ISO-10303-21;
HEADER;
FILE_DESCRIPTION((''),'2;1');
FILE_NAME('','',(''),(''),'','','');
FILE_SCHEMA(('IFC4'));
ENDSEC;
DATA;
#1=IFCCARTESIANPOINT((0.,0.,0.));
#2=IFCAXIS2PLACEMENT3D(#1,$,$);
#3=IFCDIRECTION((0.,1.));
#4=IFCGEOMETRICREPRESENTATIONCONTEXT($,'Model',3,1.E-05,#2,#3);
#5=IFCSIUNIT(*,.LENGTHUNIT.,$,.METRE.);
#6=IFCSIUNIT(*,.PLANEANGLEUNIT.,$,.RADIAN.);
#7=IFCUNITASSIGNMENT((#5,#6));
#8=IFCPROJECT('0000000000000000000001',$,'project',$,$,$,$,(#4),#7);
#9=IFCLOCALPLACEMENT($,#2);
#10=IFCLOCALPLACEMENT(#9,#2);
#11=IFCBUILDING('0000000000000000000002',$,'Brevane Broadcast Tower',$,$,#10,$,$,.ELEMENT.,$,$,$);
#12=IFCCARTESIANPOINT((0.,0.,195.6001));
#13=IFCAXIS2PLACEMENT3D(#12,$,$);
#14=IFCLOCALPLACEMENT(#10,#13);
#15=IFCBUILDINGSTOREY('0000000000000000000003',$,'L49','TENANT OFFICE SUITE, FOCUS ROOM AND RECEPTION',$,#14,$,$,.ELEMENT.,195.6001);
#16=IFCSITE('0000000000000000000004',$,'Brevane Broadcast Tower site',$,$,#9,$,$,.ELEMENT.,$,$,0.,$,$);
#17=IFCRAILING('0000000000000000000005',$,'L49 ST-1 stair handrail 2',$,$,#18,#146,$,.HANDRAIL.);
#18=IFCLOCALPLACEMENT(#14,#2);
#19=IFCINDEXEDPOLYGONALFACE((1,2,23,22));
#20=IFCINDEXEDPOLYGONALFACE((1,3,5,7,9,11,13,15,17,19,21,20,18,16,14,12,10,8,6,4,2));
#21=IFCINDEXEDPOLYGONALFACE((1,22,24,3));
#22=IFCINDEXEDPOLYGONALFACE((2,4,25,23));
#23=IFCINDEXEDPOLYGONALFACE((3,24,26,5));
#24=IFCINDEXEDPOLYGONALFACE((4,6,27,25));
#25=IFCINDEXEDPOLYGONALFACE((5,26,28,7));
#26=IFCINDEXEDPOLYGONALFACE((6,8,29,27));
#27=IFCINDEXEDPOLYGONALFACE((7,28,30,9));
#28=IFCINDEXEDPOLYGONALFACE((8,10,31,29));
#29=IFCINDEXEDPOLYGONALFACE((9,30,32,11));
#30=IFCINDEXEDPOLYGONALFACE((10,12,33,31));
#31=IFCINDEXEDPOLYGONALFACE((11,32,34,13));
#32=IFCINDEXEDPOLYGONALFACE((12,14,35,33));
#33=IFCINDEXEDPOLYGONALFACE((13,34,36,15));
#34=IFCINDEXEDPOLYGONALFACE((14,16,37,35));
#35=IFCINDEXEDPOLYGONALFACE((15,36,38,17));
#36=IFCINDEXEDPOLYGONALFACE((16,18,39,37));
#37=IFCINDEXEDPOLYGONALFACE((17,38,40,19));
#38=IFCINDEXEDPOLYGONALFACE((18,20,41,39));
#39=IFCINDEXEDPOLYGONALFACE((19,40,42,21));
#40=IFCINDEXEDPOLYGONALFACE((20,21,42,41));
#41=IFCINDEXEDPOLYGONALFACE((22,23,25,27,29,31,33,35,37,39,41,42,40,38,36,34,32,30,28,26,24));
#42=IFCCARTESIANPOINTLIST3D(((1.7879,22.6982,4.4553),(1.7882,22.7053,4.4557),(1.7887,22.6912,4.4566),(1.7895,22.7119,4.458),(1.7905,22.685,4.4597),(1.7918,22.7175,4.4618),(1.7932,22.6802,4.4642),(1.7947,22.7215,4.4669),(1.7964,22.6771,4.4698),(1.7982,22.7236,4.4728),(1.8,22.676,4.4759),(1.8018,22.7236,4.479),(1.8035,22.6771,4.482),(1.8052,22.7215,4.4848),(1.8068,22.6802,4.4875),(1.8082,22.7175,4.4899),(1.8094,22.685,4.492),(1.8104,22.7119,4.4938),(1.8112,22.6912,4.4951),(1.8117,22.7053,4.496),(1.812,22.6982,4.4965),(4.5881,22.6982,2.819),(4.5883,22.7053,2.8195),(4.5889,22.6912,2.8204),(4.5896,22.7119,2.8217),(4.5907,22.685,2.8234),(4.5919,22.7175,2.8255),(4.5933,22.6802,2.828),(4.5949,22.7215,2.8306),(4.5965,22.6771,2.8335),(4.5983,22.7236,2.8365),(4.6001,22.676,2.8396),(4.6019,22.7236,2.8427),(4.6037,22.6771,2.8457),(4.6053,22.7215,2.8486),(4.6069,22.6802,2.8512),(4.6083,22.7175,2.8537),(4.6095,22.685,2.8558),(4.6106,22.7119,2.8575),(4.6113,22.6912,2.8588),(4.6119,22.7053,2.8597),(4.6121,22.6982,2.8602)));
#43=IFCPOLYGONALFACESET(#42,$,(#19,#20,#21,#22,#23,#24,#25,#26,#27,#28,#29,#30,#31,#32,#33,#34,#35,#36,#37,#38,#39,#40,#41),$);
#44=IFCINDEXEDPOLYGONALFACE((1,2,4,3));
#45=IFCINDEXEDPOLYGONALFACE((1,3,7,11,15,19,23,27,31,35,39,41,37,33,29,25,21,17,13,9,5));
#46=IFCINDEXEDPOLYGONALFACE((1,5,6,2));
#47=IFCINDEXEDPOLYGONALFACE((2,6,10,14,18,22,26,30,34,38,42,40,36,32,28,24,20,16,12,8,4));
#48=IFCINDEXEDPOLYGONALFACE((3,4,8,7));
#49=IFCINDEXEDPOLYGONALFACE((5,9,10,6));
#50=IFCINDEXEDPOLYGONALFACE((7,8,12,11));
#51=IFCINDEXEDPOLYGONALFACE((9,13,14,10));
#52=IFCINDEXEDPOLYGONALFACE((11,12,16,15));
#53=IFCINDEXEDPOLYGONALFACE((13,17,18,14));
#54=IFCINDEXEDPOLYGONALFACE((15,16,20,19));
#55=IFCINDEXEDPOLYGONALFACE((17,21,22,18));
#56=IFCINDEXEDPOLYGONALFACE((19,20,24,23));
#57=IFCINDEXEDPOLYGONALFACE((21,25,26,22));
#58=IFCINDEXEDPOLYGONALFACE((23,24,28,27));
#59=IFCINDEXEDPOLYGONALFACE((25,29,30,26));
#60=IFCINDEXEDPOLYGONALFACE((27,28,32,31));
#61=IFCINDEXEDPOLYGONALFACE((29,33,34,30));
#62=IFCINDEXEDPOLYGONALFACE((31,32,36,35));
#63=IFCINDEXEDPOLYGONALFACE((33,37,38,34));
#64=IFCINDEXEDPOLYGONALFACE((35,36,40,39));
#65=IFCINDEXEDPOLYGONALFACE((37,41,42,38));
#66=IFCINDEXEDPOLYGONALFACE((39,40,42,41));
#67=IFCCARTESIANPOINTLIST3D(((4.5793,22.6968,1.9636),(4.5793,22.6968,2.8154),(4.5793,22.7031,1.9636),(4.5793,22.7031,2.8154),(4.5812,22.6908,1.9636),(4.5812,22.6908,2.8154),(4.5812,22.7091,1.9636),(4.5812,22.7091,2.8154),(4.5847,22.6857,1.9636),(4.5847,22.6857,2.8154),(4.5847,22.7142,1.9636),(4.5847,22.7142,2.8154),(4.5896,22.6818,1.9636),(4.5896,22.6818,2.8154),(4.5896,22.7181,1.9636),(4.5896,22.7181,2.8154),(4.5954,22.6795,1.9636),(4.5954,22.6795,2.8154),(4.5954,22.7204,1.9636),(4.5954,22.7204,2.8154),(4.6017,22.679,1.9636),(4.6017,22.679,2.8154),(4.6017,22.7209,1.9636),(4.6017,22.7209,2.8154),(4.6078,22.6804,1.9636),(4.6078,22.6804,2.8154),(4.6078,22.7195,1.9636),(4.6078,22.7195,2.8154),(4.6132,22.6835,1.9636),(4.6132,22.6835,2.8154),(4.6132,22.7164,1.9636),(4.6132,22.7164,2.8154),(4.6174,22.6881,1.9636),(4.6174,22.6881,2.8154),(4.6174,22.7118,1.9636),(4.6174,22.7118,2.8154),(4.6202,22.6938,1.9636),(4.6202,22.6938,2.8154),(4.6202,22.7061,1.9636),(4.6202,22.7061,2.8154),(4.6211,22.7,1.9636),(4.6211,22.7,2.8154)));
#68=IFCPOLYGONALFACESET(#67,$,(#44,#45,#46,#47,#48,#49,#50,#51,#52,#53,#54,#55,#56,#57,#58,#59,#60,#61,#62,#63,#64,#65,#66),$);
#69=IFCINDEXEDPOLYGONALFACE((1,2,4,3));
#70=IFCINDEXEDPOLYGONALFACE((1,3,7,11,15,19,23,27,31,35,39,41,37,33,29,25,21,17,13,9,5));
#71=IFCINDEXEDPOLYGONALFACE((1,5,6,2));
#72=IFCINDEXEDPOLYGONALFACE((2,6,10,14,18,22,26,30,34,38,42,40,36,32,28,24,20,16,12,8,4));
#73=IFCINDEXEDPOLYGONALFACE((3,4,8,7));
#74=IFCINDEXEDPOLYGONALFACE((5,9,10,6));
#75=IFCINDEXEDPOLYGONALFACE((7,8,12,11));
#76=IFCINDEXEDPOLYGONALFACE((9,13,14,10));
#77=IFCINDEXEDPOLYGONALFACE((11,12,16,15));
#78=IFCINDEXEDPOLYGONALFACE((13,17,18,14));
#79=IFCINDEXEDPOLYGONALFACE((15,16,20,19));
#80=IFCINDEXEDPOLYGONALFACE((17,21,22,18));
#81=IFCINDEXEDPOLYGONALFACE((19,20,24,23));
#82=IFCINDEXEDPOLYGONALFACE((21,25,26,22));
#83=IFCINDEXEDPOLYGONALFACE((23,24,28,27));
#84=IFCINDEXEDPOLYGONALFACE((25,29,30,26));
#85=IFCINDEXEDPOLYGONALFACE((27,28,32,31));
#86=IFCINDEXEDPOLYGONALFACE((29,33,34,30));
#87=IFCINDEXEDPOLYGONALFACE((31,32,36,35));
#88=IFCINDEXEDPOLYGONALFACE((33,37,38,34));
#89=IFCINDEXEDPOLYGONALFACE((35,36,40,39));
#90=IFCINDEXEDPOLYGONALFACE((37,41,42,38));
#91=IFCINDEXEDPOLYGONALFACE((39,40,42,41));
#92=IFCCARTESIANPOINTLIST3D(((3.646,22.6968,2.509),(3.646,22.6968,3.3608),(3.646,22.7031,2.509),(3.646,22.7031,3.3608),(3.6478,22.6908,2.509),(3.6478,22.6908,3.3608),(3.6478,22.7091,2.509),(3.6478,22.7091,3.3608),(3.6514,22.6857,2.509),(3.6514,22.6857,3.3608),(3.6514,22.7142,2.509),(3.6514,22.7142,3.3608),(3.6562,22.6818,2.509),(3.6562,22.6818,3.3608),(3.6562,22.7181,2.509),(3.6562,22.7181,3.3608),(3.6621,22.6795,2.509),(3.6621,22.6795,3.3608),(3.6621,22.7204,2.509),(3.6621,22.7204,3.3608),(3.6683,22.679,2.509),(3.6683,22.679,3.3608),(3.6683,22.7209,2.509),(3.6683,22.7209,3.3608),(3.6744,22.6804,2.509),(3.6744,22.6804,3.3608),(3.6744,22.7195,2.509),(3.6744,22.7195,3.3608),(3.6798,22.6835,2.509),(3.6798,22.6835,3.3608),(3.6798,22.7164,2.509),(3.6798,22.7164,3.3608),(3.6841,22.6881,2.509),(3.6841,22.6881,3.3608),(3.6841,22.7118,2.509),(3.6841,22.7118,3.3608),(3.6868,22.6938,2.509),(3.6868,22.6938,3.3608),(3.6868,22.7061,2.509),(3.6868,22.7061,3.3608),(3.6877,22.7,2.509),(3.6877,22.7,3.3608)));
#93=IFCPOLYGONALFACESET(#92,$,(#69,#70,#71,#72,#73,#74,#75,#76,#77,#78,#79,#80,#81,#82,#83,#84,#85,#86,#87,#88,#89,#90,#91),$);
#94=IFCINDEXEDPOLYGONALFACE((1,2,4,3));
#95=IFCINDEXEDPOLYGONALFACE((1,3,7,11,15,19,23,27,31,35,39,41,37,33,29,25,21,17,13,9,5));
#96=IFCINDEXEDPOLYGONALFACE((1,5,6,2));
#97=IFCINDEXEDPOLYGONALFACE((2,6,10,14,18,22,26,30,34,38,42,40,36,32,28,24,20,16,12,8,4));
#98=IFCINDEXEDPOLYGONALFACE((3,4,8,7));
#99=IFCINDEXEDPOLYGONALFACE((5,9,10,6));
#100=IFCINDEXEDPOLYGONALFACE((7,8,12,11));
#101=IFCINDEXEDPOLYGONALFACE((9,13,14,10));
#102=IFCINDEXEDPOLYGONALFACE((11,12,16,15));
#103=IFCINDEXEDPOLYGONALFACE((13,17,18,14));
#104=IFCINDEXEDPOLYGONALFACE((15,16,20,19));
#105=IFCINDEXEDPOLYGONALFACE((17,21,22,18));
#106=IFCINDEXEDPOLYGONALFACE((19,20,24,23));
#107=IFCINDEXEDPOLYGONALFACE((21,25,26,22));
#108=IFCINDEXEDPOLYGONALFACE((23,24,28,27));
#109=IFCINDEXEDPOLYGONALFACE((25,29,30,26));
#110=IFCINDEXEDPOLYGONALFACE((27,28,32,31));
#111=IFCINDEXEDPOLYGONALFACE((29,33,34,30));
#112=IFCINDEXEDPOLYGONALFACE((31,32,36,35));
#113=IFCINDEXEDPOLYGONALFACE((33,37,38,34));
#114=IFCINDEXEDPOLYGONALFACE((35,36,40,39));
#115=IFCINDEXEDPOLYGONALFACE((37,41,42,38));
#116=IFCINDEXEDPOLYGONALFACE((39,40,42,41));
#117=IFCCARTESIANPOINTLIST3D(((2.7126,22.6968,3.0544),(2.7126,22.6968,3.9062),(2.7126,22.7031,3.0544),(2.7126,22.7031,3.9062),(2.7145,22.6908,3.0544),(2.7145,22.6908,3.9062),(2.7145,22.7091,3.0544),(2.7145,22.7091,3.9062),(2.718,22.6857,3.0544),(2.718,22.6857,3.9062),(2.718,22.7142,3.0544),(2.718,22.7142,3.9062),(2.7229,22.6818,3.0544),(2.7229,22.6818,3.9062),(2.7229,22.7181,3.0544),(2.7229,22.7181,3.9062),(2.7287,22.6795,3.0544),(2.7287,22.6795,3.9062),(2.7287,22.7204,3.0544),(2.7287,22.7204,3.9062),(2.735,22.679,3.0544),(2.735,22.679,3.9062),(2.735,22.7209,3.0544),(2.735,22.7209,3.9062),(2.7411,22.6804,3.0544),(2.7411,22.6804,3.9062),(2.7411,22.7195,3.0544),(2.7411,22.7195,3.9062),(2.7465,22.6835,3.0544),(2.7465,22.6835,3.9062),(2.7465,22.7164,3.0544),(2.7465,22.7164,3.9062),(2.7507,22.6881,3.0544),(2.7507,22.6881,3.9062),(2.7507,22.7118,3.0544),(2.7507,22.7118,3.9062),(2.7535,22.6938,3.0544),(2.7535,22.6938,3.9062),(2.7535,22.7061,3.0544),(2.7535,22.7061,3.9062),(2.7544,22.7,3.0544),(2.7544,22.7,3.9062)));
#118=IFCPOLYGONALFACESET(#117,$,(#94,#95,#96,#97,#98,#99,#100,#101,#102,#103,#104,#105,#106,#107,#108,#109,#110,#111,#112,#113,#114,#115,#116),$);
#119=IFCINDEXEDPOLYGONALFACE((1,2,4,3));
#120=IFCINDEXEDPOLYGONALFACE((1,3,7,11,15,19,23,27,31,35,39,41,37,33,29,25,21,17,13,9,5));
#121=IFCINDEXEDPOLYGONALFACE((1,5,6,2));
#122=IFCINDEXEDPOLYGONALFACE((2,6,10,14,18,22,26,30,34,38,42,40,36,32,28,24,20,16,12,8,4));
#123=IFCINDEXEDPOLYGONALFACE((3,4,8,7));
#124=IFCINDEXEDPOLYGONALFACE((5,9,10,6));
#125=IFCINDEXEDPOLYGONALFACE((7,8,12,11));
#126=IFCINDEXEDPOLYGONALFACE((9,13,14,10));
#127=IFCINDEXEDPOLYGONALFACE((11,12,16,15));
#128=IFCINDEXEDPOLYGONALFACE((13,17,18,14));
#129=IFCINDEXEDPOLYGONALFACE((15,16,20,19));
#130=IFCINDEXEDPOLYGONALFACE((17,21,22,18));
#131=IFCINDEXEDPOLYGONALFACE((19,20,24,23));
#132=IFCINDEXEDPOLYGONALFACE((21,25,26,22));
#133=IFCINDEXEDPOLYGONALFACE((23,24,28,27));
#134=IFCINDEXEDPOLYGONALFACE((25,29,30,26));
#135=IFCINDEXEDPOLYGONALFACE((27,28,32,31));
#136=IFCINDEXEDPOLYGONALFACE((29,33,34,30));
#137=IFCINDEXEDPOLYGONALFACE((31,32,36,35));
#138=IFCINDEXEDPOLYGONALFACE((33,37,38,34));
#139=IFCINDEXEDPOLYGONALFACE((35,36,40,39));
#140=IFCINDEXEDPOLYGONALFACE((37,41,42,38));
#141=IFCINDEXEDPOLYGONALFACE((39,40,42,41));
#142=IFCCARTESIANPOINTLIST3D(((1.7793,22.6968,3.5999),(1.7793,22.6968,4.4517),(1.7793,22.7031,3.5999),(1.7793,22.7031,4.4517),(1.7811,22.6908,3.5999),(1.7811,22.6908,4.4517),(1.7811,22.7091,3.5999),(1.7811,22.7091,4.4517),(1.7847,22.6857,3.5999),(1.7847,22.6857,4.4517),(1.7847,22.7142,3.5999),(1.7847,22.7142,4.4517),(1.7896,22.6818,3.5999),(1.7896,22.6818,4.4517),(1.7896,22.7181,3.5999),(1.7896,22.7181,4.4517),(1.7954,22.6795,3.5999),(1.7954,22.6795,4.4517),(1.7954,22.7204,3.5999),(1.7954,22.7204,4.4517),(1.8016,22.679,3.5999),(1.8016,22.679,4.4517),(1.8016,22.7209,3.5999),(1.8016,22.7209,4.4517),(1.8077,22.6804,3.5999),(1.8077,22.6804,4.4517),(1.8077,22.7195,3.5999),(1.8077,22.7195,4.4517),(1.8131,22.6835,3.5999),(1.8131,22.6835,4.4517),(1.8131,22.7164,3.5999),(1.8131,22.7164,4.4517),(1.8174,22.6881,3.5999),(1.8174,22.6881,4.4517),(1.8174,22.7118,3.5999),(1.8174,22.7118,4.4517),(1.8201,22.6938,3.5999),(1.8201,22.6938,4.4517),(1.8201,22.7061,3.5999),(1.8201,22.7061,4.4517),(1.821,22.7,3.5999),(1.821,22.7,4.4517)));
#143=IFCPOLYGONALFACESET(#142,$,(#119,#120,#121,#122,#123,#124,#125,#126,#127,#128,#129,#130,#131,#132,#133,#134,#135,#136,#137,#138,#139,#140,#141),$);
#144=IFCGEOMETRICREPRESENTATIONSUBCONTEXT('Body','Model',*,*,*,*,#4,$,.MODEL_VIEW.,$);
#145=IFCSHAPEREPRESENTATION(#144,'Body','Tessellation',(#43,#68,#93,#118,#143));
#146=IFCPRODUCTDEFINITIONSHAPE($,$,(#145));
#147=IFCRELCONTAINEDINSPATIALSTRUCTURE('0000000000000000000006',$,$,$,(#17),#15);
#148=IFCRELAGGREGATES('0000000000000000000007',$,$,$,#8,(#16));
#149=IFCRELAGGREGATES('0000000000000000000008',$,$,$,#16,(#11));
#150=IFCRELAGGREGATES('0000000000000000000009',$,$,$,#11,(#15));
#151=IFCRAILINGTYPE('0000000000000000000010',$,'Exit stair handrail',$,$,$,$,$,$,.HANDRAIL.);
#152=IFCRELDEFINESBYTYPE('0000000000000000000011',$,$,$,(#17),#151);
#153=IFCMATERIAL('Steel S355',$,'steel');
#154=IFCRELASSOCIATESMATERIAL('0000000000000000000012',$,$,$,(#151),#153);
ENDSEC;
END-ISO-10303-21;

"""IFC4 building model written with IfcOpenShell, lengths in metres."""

from ifc_helpers import new_model, si_unit, direction, frame, origin, origin_2d, place, context, subcontext, project, spatial, circle, extrude, material, type_object, element, save


model = new_model("IFC4")

# Units and contexts
model_context = context("Model", 3, precision=1e-05, world=origin(), true_north=direction((0.0, 1.0)))
body_context = subcontext(model_context, "Body", "Model", "MODEL_VIEW")
ifc_project = project(units=[si_unit("LENGTHUNIT", "METRE"), si_unit("PLANEANGLEUNIT", "RADIAN")], contexts=[model_context])

# Site, building, storey
site_placement = place(None, origin())
site = spatial("IfcSite", under=ifc_project, at=site_placement, Name="Brevane Broadcast Tower site", CompositionType="ELEMENT", RefElevation=0.0)
building_placement = place(site_placement, origin())
building = spatial("IfcBuilding", under=site, at=building_placement, Name="Brevane Broadcast Tower", CompositionType="ELEMENT")
storey_placement = place(building_placement, frame((0.0, 0.0, 195.6001)))
storey = spatial("IfcBuildingStorey", under=building, at=storey_placement, Name="L49", Description="TENANT OFFICE SUITE, FOCUS ROOM AND RECEPTION", CompositionType="ELEMENT", Elevation=195.6001)

# Railing
ifc_material_1 = material(Name="Steel S355", Category="steel")
railing_type_1 = type_object("IfcRailingType", Name="Exit stair handrail", PredefinedType="HANDRAIL", material=ifc_material_1)
railing_1_placement = place(storey_placement, frame((4.6001, 22.7, 1.9636)))
element("IfcRailing", 1, at=railing_1_placement, inside=storey, type_object=railing_type_1, Name="L49 ST-1 stair handrail 2", PredefinedType="HANDRAIL", context=body_context, shape_type="SweptSolid", body=[
    extrude(circle(Radius=0.0239, at=origin_2d()), frame((0.0, 0.0, 0.876), z_axis=(-0.863394, 0.0, 0.504531), x_axis=(0.0, -1.0, 0.0)), (0.0, 0.0, 1.0), 3.2432),
    extrude(circle(Radius=0.021, at=origin_2d()), origin(), (0.0, 0.0, 1.0), 0.8518),
    extrude(circle(Radius=0.021, at=origin_2d()), frame((-0.9333, 0.0, 0.5454)), (0.0, 0.0, 1.0), 0.8518),
    extrude(circle(Radius=0.021, at=origin_2d()), frame((-1.8667, 0.0, 1.0908)), (0.0, 0.0, 1.0), 0.8518),
    extrude(circle(Radius=0.021, at=origin_2d()), frame((-2.8, 0.0, 1.6362)), (0.0, 0.0, 1.0), 0.8518),
])

save(model, "model.ifc")
